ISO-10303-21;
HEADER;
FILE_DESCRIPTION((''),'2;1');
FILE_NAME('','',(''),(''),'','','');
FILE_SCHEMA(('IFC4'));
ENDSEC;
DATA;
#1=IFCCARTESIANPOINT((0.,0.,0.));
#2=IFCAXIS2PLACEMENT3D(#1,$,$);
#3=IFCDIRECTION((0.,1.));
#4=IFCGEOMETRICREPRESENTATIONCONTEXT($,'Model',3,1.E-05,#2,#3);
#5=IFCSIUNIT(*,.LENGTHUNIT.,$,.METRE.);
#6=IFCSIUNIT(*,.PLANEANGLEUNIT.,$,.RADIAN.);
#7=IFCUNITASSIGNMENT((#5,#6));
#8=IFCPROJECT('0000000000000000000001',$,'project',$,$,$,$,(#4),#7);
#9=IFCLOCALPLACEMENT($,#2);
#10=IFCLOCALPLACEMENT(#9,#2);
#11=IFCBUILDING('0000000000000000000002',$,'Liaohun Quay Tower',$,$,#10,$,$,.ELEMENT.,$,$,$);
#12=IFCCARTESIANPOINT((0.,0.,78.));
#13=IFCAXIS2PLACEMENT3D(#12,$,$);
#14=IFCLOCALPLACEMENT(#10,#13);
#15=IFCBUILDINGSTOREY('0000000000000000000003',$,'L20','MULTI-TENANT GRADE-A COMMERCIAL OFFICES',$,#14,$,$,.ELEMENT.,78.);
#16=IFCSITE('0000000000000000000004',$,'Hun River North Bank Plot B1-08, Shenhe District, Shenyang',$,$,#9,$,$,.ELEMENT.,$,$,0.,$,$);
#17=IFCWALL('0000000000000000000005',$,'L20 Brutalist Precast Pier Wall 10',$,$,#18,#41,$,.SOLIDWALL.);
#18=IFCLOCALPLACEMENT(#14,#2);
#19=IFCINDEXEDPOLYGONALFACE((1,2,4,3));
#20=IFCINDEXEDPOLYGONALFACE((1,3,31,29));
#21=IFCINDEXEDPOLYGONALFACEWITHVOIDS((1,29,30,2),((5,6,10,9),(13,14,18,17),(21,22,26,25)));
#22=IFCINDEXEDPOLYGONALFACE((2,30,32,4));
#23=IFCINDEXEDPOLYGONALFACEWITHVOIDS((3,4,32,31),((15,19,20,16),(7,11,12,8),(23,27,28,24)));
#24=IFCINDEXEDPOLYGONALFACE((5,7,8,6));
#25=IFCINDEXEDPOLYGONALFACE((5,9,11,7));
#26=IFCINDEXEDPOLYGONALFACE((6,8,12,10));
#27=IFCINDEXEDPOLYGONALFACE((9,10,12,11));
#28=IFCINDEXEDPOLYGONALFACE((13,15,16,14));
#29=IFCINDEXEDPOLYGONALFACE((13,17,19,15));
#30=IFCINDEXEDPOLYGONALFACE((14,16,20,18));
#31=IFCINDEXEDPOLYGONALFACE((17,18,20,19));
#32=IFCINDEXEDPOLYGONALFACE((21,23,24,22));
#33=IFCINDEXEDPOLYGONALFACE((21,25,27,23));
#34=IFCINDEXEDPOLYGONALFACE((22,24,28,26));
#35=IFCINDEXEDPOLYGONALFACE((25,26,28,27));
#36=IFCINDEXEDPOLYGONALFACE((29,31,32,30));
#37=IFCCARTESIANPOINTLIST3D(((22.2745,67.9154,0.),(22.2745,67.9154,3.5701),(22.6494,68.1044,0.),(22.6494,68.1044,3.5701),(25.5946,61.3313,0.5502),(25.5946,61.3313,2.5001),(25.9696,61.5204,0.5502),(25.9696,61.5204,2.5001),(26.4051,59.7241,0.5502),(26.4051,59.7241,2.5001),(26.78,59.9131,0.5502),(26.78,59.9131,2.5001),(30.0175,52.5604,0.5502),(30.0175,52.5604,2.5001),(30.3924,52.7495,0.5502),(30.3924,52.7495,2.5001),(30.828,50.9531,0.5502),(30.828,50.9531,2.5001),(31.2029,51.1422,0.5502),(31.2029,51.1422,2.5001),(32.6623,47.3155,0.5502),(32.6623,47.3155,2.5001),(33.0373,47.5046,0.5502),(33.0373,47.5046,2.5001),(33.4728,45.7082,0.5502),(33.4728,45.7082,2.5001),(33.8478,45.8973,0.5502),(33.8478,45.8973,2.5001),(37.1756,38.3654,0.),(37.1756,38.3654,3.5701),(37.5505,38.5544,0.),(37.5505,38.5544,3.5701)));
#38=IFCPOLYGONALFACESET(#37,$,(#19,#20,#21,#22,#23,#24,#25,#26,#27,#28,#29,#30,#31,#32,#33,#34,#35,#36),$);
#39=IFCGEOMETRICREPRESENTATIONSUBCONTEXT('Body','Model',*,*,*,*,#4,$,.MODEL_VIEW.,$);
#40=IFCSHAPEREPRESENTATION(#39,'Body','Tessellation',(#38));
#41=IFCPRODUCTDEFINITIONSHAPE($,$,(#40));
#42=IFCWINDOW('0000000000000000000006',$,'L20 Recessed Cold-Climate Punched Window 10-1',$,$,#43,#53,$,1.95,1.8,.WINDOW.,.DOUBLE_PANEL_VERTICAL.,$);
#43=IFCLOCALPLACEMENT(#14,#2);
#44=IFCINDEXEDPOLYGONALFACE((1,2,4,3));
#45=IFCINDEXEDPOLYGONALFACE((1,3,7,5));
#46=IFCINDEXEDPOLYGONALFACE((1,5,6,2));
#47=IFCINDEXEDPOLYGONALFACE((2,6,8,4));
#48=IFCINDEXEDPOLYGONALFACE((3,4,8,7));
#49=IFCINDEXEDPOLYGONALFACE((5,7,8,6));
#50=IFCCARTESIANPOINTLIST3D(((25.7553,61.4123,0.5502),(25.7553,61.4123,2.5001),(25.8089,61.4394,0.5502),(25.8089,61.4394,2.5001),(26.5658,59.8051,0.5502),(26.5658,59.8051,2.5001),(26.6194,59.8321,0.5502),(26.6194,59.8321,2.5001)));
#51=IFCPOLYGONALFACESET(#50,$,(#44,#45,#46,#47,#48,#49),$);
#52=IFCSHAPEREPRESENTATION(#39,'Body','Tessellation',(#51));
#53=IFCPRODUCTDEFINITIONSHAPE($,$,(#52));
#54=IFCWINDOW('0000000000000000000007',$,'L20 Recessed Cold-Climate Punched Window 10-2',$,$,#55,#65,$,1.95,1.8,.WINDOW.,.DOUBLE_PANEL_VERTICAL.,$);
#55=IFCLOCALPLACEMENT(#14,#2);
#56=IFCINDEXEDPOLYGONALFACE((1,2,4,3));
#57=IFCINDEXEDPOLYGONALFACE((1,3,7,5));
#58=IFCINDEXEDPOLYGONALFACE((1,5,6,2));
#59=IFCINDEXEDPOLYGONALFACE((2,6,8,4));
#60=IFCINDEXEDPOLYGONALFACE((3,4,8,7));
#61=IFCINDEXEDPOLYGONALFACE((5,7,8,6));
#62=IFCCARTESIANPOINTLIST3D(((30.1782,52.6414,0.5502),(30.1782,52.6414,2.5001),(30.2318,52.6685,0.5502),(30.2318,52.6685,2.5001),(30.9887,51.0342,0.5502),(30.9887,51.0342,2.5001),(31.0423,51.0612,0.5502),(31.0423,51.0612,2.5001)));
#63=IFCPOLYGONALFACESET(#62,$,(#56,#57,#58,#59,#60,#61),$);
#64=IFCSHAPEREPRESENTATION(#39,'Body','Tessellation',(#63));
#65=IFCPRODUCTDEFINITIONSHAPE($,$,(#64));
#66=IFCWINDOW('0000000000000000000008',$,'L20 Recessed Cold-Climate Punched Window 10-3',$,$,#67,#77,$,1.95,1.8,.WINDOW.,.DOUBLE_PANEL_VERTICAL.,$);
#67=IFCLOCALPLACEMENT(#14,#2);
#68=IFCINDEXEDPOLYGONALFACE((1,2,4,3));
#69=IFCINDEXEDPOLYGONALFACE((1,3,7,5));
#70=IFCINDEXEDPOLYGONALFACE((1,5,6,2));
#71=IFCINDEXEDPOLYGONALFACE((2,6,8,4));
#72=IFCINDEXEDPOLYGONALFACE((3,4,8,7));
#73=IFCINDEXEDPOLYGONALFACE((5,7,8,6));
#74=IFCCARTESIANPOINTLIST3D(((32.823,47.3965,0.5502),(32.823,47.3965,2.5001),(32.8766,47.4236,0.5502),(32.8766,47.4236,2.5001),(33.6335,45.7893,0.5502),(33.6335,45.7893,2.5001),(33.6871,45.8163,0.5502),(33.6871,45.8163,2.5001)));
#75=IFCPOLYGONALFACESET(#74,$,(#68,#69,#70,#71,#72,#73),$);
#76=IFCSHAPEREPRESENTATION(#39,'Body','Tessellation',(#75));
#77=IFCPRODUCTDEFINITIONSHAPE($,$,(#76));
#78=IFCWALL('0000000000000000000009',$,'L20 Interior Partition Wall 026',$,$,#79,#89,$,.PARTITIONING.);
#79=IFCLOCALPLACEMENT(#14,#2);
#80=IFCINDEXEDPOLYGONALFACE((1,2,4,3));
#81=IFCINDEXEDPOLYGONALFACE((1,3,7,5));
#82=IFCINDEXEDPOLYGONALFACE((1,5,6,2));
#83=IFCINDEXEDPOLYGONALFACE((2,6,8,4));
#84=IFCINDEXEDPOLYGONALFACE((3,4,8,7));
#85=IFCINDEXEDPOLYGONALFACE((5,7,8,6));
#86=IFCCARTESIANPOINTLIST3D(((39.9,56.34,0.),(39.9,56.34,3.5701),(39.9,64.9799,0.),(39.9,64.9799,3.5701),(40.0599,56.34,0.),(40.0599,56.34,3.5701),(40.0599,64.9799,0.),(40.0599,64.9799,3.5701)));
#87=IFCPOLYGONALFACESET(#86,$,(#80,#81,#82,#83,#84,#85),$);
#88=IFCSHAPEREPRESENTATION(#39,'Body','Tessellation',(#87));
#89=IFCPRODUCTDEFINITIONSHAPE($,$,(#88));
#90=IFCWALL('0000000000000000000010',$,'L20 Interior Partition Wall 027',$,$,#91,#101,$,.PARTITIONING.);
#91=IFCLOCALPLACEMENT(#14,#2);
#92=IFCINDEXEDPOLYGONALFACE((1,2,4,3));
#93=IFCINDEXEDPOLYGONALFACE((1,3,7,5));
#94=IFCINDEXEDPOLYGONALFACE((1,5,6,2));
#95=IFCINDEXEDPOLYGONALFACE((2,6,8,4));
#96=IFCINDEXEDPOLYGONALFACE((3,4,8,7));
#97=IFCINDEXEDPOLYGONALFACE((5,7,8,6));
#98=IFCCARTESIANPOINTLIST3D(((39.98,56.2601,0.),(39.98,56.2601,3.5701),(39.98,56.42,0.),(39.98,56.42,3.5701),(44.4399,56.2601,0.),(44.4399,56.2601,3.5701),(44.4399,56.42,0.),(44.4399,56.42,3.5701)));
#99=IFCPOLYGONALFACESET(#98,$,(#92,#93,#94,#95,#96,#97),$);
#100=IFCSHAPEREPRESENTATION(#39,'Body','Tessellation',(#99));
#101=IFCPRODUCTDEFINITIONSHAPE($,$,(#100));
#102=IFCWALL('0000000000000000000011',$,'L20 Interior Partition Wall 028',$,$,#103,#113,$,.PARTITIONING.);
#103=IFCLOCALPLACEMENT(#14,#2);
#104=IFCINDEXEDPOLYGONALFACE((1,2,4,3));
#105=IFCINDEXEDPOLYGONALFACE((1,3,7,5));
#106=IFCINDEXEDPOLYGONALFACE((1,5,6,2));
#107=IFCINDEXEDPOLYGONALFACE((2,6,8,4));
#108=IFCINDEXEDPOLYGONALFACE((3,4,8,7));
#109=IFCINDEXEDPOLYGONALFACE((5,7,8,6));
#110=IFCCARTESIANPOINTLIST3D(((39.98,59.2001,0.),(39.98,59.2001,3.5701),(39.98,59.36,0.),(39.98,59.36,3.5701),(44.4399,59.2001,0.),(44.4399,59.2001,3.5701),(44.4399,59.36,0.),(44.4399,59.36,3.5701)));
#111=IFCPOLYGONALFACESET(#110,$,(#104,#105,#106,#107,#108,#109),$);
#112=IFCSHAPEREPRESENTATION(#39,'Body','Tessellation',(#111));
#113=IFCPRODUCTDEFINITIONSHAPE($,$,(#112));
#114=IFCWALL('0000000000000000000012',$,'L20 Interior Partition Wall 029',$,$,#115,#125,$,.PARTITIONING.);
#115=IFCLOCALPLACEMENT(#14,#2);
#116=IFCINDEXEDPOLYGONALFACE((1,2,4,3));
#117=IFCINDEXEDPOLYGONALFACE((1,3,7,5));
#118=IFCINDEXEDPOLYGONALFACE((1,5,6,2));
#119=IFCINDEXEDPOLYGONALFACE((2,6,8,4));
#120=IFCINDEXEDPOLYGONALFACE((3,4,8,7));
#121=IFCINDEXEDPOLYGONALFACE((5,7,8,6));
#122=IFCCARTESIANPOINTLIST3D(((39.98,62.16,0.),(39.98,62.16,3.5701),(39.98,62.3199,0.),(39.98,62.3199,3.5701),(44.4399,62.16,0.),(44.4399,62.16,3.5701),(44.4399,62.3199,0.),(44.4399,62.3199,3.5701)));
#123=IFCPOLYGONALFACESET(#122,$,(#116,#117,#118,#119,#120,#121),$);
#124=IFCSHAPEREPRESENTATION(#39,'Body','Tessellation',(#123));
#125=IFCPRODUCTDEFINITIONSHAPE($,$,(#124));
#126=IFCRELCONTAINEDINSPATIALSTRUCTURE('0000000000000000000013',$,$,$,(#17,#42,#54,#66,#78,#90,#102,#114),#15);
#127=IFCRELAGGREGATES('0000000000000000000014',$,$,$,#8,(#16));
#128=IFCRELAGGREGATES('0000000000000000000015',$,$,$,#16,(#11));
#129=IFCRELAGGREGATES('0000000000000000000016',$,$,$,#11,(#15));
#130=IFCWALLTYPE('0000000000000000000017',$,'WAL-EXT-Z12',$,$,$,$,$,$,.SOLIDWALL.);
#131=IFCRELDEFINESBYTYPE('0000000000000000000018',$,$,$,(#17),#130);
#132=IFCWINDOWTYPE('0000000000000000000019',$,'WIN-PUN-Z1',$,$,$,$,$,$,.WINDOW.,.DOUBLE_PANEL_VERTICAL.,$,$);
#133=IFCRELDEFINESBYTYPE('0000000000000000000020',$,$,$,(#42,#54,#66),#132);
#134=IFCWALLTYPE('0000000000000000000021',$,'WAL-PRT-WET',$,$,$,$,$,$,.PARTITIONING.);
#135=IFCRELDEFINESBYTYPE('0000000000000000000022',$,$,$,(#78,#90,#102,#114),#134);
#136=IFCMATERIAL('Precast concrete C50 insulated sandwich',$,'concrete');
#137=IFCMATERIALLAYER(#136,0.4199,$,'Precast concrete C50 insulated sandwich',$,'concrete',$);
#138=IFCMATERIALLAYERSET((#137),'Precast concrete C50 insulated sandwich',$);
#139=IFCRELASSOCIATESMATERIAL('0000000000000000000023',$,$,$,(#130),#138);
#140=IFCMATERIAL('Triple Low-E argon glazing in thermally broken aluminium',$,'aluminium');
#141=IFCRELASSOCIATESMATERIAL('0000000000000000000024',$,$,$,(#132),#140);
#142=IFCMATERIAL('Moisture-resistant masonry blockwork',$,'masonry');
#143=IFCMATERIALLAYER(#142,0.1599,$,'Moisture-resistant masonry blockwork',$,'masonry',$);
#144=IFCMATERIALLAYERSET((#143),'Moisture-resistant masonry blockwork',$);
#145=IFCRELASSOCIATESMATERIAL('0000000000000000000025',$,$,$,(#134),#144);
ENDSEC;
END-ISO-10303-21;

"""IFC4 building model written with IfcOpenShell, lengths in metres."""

from ifc_helpers import new_model, si_unit, direction, frame, frame_2d, origin, place, context, subcontext, project, spatial, rectangle, extrude, source, transform, mapped, material, layer, layer_set, type_object, element, fill, save


model = new_model("IFC4")

# Units and contexts
model_context = context("Model", 3, precision=1e-05, world=origin(), true_north=direction((0.0, 1.0)))
body_context = subcontext(model_context, "Body", "Model", "MODEL_VIEW")
ifc_project = project(units=[si_unit("LENGTHUNIT", "METRE"), si_unit("PLANEANGLEUNIT", "RADIAN")], contexts=[model_context])

# Site, building, storey
site_placement = place(None, origin())
site = spatial("IfcSite", under=ifc_project, at=site_placement, Name="Hun River North Bank Plot B1-08, Shenhe District, Shenyang", CompositionType="ELEMENT", RefElevation=0.0)
building_placement = place(site_placement, origin())
building = spatial("IfcBuilding", under=site, at=building_placement, Name="Liaohun Quay Tower", CompositionType="ELEMENT")
storey_placement = place(building_placement, frame((0.0, 0.0, 78.0)))
storey = spatial("IfcBuildingStorey", under=building, at=storey_placement, Name="L20", Description="MULTI-TENANT GRADE-A COMMERCIAL OFFICES", CompositionType="ELEMENT", Elevation=78.0)

# Shared definitions
ifc_material_1 = material(Name="Precast concrete C50 insulated sandwich", Category="concrete")
ifc_layer_1 = layer(ifc_material_1, 0.4199, Name="Precast concrete C50 insulated sandwich", Category="concrete")
ifc_layer_set_1 = layer_set([ifc_layer_1], Name="Precast concrete C50 insulated sandwich")
wall_type_1 = type_object("IfcWallType", Name="WAL-EXT-Z12", PredefinedType="SOLIDWALL", material=ifc_layer_set_1)

# Wall, openings, windows
wall_1_placement = place(storey_placement, frame((22.4619, 68.01, 0.0), z_axis=(0.0, 0.0, 1.0), x_axis=(0.450259, -0.892898, 0.0)))
wall_1 = element("IfcWall", 1, at=wall_1_placement, inside=storey, type_object=wall_type_1, Name="L20 Brutalist Precast Pier Wall 10", PredefinedType="SOLIDWALL", context=body_context, shape_type="SweptSolid", body=[
    extrude(rectangle(XDim=33.0945, YDim=0.4199, at=frame_2d((16.5474, 0.0))), origin(), (0.0, 0.0, 1.0), 3.5701),
])
shared_shape_1 = source(origin(), body_context, "Body", "SweptSolid", [
    extrude(rectangle(XDim=1.8, YDim=1.95, at=frame_2d((0.8999, 0.9751))), frame((0.0, 0.22, 0.0), z_axis=(0.0, -1.0, 0.0), x_axis=(1.0, 0.0, 0.0)), (0.0, 0.0, 1.0), 0.4399),
])
opening_1_placement = place(wall_1_placement, frame((7.374, 0.0, 0.55)))
opening_1 = element("IfcOpeningElement", 2, at=opening_1_placement, cuts=wall_1, PredefinedType="OPENING", context=body_context, shape_type="MappedRepresentation", body=[
    mapped(shared_shape_1, transform((0.0, 0.0, 0.0), x_axis=(1.0, 0.0, 0.0), y_axis=(0.0, 1.0, 0.0), z_axis=(0.0, 0.0, 1.0), scale=1.0)),
])
opening_2_placement = place(wall_1_placement, frame((17.197, 0.0, 0.55)))
opening_2 = element("IfcOpeningElement", 3, at=opening_2_placement, cuts=wall_1, PredefinedType="OPENING", context=body_context, shape_type="MappedRepresentation", body=[
    mapped(shared_shape_1, transform((0.0, 0.0, 0.0), x_axis=(1.0, 0.0, 0.0), y_axis=(0.0, 1.0, 0.0), z_axis=(0.0, 0.0, 1.0), scale=1.0)),
])
opening_3_placement = place(wall_1_placement, frame((23.071, 0.0, 0.55)))
opening_3 = element("IfcOpeningElement", 4, at=opening_3_placement, cuts=wall_1, PredefinedType="OPENING", context=body_context, shape_type="MappedRepresentation", body=[
    mapped(shared_shape_1, transform((0.0, 0.0, 0.0), x_axis=(1.0, 0.0, 0.0), y_axis=(0.0, 1.0, 0.0), z_axis=(0.0, 0.0, 1.0), scale=1.0)),
])
ifc_material_2 = material(Name="Triple Low-E argon glazing in thermally broken aluminium", Category="aluminium")
window_type_1 = type_object("IfcWindowType", Name="WIN-PUN-Z1", PartitioningType="DOUBLE_PANEL_VERTICAL", PredefinedType="WINDOW", material=ifc_material_2)
shared_shape_2 = source(origin(), body_context, "Body", "SweptSolid", [
    extrude(rectangle(XDim=1.8, YDim=1.95, at=frame_2d((0.8999, 0.9751))), frame((0.0, 0.03, 0.0), z_axis=(0.0, -1.0, 0.0), x_axis=(1.0, 0.0, 0.0)), (0.0, 0.0, 1.0), 0.0601),
])
window_1_placement = place(opening_1_placement, origin())
window_1 = element("IfcWindow", 5, at=window_1_placement, inside=storey, type_object=window_type_1, Name="L20 Recessed Cold-Climate Punched Window 10-1", OverallHeight=1.95, OverallWidth=1.8, PartitioningType="DOUBLE_PANEL_VERTICAL", PredefinedType="WINDOW", context=body_context, shape_type="MappedRepresentation", body=[
    mapped(shared_shape_2, transform((0.0, 0.0, 0.0), x_axis=(1.0, 0.0, 0.0), y_axis=(0.0, 1.0, 0.0), z_axis=(0.0, 0.0, 1.0), scale=1.0)),
])
fill(opening_1, window_1)
window_2_placement = place(opening_2_placement, origin())
window_2 = element("IfcWindow", 6, at=window_2_placement, inside=storey, type_object=window_type_1, Name="L20 Recessed Cold-Climate Punched Window 10-2", OverallHeight=1.95, OverallWidth=1.8, PartitioningType="DOUBLE_PANEL_VERTICAL", PredefinedType="WINDOW", context=body_context, shape_type="MappedRepresentation", body=[
    mapped(shared_shape_2, transform((0.0, 0.0, 0.0), x_axis=(1.0, 0.0, 0.0), y_axis=(0.0, 1.0, 0.0), z_axis=(0.0, 0.0, 1.0), scale=1.0)),
])
fill(opening_2, window_2)
window_3_placement = place(opening_3_placement, origin())
window_3 = element("IfcWindow", 7, at=window_3_placement, inside=storey, type_object=window_type_1, Name="L20 Recessed Cold-Climate Punched Window 10-3", OverallHeight=1.95, OverallWidth=1.8, PartitioningType="DOUBLE_PANEL_VERTICAL", PredefinedType="WINDOW", context=body_context, shape_type="MappedRepresentation", body=[
    mapped(shared_shape_2, transform((0.0, 0.0, 0.0), x_axis=(1.0, 0.0, 0.0), y_axis=(0.0, 1.0, 0.0), z_axis=(0.0, 0.0, 1.0), scale=1.0)),
])
fill(opening_3, window_3)

# Walls
ifc_material_3 = material(Name="Moisture-resistant masonry blockwork", Category="masonry")
ifc_layer_2 = layer(ifc_material_3, 0.1599, Name="Moisture-resistant masonry blockwork", Category="masonry")
ifc_layer_set_2 = layer_set([ifc_layer_2], Name="Moisture-resistant masonry blockwork")
wall_type_2 = type_object("IfcWallType", Name="WAL-PRT-WET", PredefinedType="PARTITIONING", material=ifc_layer_set_2)
wall_2_placement = place(storey_placement, frame((39.98, 56.3401, 0.0), z_axis=(0.0, 0.0, 1.0), x_axis=(0.0, 1.0, 0.0)))
element("IfcWall", 8, at=wall_2_placement, inside=storey, type_object=wall_type_2, Name="L20 Interior Partition Wall 026", PredefinedType="PARTITIONING", context=body_context, shape_type="SweptSolid", body=[
    extrude(rectangle(XDim=8.6399, YDim=0.1599, at=frame_2d((4.3198, 0.0))), origin(), (0.0, 0.0, 1.0), 3.5701),
])
for number, where, z_axis, x_axis, name in (
    (9, (39.98, 56.3401, 0.0), (0.0, 0.0, 1.0), (1.0, 0.0, 0.0), "L20 Interior Partition Wall 027"),
    (10, (39.98, 59.28, 0.0), (0.0, 0.0, 1.0), (1.0, 0.0, 0.0), "L20 Interior Partition Wall 028"),
    (11, (39.98, 62.24, 0.0), (0.0, 0.0, 1.0), (1.0, 0.0, 0.0), "L20 Interior Partition Wall 029"),
):
    element("IfcWall", number, at=place(storey_placement, frame(where, z_axis=z_axis, x_axis=x_axis)), inside=storey, type_object=wall_type_2, Name=name, PredefinedType="PARTITIONING", context=body_context, shape_type="SweptSolid", body=[
        extrude(rectangle(XDim=4.46, YDim=0.1599, at=frame_2d((2.23, 0.0))), origin(), (0.0, 0.0, 1.0), 3.5701),
    ])

save(model, "model.ifc")
